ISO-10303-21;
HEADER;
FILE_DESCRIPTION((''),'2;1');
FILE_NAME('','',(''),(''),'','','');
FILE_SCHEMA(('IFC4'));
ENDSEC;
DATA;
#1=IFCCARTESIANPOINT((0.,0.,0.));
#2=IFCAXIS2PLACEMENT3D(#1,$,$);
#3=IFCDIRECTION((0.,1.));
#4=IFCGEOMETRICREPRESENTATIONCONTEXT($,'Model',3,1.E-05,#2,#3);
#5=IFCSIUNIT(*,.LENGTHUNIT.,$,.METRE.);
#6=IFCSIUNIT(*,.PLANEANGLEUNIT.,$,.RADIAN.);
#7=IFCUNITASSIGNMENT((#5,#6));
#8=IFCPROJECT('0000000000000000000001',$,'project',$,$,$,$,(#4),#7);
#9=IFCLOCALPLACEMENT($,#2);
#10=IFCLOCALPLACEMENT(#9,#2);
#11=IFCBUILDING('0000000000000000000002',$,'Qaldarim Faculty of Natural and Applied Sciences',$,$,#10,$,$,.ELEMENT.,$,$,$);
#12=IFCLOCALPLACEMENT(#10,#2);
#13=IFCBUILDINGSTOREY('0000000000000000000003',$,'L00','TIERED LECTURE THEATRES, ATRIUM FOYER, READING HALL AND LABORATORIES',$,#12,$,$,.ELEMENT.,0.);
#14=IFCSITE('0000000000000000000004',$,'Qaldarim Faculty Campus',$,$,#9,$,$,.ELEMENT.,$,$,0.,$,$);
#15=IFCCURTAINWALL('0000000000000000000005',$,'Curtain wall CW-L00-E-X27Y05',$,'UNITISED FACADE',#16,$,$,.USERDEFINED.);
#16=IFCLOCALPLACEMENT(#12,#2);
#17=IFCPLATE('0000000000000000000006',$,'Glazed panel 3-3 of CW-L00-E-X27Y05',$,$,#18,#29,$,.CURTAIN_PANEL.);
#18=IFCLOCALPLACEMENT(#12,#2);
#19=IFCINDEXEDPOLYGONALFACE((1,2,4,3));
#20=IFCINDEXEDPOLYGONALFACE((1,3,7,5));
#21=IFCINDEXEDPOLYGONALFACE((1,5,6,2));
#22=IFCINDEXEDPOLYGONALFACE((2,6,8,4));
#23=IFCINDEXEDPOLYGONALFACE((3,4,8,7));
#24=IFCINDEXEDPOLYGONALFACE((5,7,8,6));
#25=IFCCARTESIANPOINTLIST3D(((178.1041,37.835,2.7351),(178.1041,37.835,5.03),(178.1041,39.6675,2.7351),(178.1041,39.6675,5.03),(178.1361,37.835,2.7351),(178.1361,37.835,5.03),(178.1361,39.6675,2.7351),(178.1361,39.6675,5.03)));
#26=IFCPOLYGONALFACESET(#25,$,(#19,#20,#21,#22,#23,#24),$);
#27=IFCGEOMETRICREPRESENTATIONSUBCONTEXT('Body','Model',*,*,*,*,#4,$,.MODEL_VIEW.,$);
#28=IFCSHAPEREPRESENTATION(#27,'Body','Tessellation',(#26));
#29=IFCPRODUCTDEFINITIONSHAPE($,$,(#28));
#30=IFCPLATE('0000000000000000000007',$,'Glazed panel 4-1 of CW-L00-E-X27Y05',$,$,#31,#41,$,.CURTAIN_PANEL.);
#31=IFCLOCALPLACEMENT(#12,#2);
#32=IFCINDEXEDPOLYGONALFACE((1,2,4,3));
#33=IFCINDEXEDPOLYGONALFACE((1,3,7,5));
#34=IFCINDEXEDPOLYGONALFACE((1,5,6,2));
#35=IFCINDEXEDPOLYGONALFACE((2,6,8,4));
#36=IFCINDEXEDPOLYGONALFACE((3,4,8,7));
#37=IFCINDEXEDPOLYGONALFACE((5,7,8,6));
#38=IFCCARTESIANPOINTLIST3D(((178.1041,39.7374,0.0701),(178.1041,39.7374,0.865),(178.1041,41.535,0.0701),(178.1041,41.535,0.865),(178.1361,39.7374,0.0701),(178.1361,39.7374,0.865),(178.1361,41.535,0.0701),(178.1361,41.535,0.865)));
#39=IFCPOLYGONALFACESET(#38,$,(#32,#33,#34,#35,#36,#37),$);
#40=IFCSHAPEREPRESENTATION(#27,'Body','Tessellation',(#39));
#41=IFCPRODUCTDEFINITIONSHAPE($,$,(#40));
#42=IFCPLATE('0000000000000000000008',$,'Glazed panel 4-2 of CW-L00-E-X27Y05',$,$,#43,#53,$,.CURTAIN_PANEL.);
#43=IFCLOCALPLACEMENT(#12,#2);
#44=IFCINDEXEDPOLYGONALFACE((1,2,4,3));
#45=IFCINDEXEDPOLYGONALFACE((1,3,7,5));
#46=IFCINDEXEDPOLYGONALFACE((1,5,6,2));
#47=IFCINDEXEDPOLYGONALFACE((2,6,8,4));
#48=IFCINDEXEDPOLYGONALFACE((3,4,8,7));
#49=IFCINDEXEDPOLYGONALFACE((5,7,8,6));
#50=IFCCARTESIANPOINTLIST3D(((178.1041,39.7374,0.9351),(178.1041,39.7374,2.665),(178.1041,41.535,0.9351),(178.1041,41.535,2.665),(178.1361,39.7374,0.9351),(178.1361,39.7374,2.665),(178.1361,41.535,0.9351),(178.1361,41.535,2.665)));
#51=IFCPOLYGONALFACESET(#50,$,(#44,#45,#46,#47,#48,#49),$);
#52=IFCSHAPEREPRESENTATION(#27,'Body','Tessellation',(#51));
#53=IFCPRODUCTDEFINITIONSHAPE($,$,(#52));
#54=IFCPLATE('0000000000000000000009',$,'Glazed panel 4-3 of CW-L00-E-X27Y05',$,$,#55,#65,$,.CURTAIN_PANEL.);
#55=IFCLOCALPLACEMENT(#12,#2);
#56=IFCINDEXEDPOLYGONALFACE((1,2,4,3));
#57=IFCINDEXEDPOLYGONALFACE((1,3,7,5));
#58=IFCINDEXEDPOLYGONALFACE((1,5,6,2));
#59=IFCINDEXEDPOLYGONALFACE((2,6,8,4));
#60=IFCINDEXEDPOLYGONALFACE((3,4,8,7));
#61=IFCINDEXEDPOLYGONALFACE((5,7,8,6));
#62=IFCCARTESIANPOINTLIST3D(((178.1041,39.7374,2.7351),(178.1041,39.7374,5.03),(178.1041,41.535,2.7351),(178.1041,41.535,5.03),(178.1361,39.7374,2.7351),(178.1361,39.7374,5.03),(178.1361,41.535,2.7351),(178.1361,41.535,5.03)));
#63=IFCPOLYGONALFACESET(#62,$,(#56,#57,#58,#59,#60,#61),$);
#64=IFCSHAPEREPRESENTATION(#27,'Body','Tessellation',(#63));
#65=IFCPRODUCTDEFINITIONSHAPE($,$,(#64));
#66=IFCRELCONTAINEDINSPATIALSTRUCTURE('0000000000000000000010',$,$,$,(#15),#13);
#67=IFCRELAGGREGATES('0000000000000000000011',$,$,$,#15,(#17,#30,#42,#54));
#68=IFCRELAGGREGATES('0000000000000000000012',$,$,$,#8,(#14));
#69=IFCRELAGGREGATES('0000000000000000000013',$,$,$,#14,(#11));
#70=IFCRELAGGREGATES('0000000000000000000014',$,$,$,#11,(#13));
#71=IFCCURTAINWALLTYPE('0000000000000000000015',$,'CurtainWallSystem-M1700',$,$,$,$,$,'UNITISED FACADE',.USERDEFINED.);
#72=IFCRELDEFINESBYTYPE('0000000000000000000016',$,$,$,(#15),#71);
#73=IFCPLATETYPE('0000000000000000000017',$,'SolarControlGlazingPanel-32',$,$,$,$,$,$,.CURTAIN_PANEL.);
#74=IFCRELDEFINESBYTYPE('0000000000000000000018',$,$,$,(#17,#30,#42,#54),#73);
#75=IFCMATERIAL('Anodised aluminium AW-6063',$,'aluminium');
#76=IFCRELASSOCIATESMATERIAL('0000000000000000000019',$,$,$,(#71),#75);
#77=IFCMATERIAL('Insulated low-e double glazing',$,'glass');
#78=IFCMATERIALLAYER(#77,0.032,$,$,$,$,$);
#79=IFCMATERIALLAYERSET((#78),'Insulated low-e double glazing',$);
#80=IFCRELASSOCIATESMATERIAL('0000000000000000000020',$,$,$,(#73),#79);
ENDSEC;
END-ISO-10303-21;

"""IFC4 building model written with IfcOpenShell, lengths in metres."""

from ifc_helpers import new_model, si_unit, direction, frame, origin, origin_2d, place, context, subcontext, project, spatial, rectangle, extrude, material, layer, layer_set, type_object, element, aggregate, save


model = new_model("IFC4")

# Units and contexts
model_context = context("Model", 3, precision=1e-05, world=origin(), true_north=direction((0.0, 1.0)))
body_context = subcontext(model_context, "Body", "Model", "MODEL_VIEW")
ifc_project = project(units=[si_unit("LENGTHUNIT", "METRE"), si_unit("PLANEANGLEUNIT", "RADIAN")], contexts=[model_context])

# Site, building, storey
site_placement = place(None, origin())
site = spatial("IfcSite", under=ifc_project, at=site_placement, Name="Qaldarim Faculty Campus", CompositionType="ELEMENT", RefElevation=0.0)
building_placement = place(site_placement, origin())
building = spatial("IfcBuilding", under=site, at=building_placement, Name="Qaldarim Faculty of Natural and Applied Sciences", CompositionType="ELEMENT")
storey_placement = place(building_placement, origin())
storey = spatial("IfcBuildingStorey", under=building, at=storey_placement, Name="L00", Description="TIERED LECTURE THEATRES, ATRIUM FOYER, READING HALL AND LABORATORIES", CompositionType="ELEMENT", Elevation=0.0)

# Curtain wall, plates
ifc_material_1 = material(Name="Anodised aluminium AW-6063", Category="aluminium")
curtain_wall_type = type_object("IfcCurtainWallType", Name="CurtainWallSystem-M1700", ElementType="UNITISED FACADE", PredefinedType="USERDEFINED", material=ifc_material_1)
curtain_wall_placement = place(storey_placement, origin())
curtain_wall = element("IfcCurtainWall", 1, at=curtain_wall_placement, inside=storey, type_object=curtain_wall_type, Name="Curtain wall CW-L00-E-X27Y05", ObjectType="UNITISED FACADE", PredefinedType="USERDEFINED")
ifc_material_2 = material(Name="Insulated low-e double glazing", Category="glass")
ifc_layer = layer(ifc_material_2, 0.032)
ifc_layer_set = layer_set([ifc_layer], Name="Insulated low-e double glazing")
plate_type = type_object("IfcPlateType", Name="SolarControlGlazingPanel-32", PredefinedType="CURTAIN_PANEL", material=ifc_layer_set)
plate_1_placement = place(storey_placement, frame((178.1201, 38.7512, 2.7351), z_axis=(0.0, 0.0, 1.0), x_axis=(0.0, 1.0, 0.0)))
plate_1 = element("IfcPlate", 2, at=plate_1_placement, type_object=plate_type, Name="Glazed panel 3-3 of CW-L00-E-X27Y05", PredefinedType="CURTAIN_PANEL", context=body_context, shape_type="SweptSolid", body=[
    extrude(rectangle(XDim=1.8325, YDim=0.032, at=origin_2d()), origin(), (0.0, 0.0, 1.0), 2.2949),
])
plate_2_placement = place(storey_placement, frame((178.1201, 40.6362, 0.0701), z_axis=(0.0, 0.0, 1.0), x_axis=(0.0, 1.0, 0.0)))
plate_2 = element("IfcPlate", 3, at=plate_2_placement, type_object=plate_type, Name="Glazed panel 4-1 of CW-L00-E-X27Y05", PredefinedType="CURTAIN_PANEL", context=body_context, shape_type="SweptSolid", body=[
    extrude(rectangle(XDim=1.7976, YDim=0.032, at=origin_2d()), origin(), (0.0, 0.0, 1.0), 0.7949),
])
plate_3_placement = place(storey_placement, frame((178.1201, 40.6362, 0.9351), z_axis=(0.0, 0.0, 1.0), x_axis=(0.0, 1.0, 0.0)))
plate_3 = element("IfcPlate", 4, at=plate_3_placement, type_object=plate_type, Name="Glazed panel 4-2 of CW-L00-E-X27Y05", PredefinedType="CURTAIN_PANEL", context=body_context, shape_type="SweptSolid", body=[
    extrude(rectangle(XDim=1.7976, YDim=0.032, at=origin_2d()), origin(), (0.0, 0.0, 1.0), 1.73),
])
plate_4_placement = place(storey_placement, frame((178.1201, 40.6362, 2.7351), z_axis=(0.0, 0.0, 1.0), x_axis=(0.0, 1.0, 0.0)))
plate_4 = element("IfcPlate", 5, at=plate_4_placement, type_object=plate_type, Name="Glazed panel 4-3 of CW-L00-E-X27Y05", PredefinedType="CURTAIN_PANEL", context=body_context, shape_type="SweptSolid", body=[
    extrude(rectangle(XDim=1.7976, YDim=0.032, at=origin_2d()), origin(), (0.0, 0.0, 1.0), 2.2949),
])
aggregate(curtain_wall, [plate_1, plate_2, plate_3, plate_4])

save(model, "model.ifc")
